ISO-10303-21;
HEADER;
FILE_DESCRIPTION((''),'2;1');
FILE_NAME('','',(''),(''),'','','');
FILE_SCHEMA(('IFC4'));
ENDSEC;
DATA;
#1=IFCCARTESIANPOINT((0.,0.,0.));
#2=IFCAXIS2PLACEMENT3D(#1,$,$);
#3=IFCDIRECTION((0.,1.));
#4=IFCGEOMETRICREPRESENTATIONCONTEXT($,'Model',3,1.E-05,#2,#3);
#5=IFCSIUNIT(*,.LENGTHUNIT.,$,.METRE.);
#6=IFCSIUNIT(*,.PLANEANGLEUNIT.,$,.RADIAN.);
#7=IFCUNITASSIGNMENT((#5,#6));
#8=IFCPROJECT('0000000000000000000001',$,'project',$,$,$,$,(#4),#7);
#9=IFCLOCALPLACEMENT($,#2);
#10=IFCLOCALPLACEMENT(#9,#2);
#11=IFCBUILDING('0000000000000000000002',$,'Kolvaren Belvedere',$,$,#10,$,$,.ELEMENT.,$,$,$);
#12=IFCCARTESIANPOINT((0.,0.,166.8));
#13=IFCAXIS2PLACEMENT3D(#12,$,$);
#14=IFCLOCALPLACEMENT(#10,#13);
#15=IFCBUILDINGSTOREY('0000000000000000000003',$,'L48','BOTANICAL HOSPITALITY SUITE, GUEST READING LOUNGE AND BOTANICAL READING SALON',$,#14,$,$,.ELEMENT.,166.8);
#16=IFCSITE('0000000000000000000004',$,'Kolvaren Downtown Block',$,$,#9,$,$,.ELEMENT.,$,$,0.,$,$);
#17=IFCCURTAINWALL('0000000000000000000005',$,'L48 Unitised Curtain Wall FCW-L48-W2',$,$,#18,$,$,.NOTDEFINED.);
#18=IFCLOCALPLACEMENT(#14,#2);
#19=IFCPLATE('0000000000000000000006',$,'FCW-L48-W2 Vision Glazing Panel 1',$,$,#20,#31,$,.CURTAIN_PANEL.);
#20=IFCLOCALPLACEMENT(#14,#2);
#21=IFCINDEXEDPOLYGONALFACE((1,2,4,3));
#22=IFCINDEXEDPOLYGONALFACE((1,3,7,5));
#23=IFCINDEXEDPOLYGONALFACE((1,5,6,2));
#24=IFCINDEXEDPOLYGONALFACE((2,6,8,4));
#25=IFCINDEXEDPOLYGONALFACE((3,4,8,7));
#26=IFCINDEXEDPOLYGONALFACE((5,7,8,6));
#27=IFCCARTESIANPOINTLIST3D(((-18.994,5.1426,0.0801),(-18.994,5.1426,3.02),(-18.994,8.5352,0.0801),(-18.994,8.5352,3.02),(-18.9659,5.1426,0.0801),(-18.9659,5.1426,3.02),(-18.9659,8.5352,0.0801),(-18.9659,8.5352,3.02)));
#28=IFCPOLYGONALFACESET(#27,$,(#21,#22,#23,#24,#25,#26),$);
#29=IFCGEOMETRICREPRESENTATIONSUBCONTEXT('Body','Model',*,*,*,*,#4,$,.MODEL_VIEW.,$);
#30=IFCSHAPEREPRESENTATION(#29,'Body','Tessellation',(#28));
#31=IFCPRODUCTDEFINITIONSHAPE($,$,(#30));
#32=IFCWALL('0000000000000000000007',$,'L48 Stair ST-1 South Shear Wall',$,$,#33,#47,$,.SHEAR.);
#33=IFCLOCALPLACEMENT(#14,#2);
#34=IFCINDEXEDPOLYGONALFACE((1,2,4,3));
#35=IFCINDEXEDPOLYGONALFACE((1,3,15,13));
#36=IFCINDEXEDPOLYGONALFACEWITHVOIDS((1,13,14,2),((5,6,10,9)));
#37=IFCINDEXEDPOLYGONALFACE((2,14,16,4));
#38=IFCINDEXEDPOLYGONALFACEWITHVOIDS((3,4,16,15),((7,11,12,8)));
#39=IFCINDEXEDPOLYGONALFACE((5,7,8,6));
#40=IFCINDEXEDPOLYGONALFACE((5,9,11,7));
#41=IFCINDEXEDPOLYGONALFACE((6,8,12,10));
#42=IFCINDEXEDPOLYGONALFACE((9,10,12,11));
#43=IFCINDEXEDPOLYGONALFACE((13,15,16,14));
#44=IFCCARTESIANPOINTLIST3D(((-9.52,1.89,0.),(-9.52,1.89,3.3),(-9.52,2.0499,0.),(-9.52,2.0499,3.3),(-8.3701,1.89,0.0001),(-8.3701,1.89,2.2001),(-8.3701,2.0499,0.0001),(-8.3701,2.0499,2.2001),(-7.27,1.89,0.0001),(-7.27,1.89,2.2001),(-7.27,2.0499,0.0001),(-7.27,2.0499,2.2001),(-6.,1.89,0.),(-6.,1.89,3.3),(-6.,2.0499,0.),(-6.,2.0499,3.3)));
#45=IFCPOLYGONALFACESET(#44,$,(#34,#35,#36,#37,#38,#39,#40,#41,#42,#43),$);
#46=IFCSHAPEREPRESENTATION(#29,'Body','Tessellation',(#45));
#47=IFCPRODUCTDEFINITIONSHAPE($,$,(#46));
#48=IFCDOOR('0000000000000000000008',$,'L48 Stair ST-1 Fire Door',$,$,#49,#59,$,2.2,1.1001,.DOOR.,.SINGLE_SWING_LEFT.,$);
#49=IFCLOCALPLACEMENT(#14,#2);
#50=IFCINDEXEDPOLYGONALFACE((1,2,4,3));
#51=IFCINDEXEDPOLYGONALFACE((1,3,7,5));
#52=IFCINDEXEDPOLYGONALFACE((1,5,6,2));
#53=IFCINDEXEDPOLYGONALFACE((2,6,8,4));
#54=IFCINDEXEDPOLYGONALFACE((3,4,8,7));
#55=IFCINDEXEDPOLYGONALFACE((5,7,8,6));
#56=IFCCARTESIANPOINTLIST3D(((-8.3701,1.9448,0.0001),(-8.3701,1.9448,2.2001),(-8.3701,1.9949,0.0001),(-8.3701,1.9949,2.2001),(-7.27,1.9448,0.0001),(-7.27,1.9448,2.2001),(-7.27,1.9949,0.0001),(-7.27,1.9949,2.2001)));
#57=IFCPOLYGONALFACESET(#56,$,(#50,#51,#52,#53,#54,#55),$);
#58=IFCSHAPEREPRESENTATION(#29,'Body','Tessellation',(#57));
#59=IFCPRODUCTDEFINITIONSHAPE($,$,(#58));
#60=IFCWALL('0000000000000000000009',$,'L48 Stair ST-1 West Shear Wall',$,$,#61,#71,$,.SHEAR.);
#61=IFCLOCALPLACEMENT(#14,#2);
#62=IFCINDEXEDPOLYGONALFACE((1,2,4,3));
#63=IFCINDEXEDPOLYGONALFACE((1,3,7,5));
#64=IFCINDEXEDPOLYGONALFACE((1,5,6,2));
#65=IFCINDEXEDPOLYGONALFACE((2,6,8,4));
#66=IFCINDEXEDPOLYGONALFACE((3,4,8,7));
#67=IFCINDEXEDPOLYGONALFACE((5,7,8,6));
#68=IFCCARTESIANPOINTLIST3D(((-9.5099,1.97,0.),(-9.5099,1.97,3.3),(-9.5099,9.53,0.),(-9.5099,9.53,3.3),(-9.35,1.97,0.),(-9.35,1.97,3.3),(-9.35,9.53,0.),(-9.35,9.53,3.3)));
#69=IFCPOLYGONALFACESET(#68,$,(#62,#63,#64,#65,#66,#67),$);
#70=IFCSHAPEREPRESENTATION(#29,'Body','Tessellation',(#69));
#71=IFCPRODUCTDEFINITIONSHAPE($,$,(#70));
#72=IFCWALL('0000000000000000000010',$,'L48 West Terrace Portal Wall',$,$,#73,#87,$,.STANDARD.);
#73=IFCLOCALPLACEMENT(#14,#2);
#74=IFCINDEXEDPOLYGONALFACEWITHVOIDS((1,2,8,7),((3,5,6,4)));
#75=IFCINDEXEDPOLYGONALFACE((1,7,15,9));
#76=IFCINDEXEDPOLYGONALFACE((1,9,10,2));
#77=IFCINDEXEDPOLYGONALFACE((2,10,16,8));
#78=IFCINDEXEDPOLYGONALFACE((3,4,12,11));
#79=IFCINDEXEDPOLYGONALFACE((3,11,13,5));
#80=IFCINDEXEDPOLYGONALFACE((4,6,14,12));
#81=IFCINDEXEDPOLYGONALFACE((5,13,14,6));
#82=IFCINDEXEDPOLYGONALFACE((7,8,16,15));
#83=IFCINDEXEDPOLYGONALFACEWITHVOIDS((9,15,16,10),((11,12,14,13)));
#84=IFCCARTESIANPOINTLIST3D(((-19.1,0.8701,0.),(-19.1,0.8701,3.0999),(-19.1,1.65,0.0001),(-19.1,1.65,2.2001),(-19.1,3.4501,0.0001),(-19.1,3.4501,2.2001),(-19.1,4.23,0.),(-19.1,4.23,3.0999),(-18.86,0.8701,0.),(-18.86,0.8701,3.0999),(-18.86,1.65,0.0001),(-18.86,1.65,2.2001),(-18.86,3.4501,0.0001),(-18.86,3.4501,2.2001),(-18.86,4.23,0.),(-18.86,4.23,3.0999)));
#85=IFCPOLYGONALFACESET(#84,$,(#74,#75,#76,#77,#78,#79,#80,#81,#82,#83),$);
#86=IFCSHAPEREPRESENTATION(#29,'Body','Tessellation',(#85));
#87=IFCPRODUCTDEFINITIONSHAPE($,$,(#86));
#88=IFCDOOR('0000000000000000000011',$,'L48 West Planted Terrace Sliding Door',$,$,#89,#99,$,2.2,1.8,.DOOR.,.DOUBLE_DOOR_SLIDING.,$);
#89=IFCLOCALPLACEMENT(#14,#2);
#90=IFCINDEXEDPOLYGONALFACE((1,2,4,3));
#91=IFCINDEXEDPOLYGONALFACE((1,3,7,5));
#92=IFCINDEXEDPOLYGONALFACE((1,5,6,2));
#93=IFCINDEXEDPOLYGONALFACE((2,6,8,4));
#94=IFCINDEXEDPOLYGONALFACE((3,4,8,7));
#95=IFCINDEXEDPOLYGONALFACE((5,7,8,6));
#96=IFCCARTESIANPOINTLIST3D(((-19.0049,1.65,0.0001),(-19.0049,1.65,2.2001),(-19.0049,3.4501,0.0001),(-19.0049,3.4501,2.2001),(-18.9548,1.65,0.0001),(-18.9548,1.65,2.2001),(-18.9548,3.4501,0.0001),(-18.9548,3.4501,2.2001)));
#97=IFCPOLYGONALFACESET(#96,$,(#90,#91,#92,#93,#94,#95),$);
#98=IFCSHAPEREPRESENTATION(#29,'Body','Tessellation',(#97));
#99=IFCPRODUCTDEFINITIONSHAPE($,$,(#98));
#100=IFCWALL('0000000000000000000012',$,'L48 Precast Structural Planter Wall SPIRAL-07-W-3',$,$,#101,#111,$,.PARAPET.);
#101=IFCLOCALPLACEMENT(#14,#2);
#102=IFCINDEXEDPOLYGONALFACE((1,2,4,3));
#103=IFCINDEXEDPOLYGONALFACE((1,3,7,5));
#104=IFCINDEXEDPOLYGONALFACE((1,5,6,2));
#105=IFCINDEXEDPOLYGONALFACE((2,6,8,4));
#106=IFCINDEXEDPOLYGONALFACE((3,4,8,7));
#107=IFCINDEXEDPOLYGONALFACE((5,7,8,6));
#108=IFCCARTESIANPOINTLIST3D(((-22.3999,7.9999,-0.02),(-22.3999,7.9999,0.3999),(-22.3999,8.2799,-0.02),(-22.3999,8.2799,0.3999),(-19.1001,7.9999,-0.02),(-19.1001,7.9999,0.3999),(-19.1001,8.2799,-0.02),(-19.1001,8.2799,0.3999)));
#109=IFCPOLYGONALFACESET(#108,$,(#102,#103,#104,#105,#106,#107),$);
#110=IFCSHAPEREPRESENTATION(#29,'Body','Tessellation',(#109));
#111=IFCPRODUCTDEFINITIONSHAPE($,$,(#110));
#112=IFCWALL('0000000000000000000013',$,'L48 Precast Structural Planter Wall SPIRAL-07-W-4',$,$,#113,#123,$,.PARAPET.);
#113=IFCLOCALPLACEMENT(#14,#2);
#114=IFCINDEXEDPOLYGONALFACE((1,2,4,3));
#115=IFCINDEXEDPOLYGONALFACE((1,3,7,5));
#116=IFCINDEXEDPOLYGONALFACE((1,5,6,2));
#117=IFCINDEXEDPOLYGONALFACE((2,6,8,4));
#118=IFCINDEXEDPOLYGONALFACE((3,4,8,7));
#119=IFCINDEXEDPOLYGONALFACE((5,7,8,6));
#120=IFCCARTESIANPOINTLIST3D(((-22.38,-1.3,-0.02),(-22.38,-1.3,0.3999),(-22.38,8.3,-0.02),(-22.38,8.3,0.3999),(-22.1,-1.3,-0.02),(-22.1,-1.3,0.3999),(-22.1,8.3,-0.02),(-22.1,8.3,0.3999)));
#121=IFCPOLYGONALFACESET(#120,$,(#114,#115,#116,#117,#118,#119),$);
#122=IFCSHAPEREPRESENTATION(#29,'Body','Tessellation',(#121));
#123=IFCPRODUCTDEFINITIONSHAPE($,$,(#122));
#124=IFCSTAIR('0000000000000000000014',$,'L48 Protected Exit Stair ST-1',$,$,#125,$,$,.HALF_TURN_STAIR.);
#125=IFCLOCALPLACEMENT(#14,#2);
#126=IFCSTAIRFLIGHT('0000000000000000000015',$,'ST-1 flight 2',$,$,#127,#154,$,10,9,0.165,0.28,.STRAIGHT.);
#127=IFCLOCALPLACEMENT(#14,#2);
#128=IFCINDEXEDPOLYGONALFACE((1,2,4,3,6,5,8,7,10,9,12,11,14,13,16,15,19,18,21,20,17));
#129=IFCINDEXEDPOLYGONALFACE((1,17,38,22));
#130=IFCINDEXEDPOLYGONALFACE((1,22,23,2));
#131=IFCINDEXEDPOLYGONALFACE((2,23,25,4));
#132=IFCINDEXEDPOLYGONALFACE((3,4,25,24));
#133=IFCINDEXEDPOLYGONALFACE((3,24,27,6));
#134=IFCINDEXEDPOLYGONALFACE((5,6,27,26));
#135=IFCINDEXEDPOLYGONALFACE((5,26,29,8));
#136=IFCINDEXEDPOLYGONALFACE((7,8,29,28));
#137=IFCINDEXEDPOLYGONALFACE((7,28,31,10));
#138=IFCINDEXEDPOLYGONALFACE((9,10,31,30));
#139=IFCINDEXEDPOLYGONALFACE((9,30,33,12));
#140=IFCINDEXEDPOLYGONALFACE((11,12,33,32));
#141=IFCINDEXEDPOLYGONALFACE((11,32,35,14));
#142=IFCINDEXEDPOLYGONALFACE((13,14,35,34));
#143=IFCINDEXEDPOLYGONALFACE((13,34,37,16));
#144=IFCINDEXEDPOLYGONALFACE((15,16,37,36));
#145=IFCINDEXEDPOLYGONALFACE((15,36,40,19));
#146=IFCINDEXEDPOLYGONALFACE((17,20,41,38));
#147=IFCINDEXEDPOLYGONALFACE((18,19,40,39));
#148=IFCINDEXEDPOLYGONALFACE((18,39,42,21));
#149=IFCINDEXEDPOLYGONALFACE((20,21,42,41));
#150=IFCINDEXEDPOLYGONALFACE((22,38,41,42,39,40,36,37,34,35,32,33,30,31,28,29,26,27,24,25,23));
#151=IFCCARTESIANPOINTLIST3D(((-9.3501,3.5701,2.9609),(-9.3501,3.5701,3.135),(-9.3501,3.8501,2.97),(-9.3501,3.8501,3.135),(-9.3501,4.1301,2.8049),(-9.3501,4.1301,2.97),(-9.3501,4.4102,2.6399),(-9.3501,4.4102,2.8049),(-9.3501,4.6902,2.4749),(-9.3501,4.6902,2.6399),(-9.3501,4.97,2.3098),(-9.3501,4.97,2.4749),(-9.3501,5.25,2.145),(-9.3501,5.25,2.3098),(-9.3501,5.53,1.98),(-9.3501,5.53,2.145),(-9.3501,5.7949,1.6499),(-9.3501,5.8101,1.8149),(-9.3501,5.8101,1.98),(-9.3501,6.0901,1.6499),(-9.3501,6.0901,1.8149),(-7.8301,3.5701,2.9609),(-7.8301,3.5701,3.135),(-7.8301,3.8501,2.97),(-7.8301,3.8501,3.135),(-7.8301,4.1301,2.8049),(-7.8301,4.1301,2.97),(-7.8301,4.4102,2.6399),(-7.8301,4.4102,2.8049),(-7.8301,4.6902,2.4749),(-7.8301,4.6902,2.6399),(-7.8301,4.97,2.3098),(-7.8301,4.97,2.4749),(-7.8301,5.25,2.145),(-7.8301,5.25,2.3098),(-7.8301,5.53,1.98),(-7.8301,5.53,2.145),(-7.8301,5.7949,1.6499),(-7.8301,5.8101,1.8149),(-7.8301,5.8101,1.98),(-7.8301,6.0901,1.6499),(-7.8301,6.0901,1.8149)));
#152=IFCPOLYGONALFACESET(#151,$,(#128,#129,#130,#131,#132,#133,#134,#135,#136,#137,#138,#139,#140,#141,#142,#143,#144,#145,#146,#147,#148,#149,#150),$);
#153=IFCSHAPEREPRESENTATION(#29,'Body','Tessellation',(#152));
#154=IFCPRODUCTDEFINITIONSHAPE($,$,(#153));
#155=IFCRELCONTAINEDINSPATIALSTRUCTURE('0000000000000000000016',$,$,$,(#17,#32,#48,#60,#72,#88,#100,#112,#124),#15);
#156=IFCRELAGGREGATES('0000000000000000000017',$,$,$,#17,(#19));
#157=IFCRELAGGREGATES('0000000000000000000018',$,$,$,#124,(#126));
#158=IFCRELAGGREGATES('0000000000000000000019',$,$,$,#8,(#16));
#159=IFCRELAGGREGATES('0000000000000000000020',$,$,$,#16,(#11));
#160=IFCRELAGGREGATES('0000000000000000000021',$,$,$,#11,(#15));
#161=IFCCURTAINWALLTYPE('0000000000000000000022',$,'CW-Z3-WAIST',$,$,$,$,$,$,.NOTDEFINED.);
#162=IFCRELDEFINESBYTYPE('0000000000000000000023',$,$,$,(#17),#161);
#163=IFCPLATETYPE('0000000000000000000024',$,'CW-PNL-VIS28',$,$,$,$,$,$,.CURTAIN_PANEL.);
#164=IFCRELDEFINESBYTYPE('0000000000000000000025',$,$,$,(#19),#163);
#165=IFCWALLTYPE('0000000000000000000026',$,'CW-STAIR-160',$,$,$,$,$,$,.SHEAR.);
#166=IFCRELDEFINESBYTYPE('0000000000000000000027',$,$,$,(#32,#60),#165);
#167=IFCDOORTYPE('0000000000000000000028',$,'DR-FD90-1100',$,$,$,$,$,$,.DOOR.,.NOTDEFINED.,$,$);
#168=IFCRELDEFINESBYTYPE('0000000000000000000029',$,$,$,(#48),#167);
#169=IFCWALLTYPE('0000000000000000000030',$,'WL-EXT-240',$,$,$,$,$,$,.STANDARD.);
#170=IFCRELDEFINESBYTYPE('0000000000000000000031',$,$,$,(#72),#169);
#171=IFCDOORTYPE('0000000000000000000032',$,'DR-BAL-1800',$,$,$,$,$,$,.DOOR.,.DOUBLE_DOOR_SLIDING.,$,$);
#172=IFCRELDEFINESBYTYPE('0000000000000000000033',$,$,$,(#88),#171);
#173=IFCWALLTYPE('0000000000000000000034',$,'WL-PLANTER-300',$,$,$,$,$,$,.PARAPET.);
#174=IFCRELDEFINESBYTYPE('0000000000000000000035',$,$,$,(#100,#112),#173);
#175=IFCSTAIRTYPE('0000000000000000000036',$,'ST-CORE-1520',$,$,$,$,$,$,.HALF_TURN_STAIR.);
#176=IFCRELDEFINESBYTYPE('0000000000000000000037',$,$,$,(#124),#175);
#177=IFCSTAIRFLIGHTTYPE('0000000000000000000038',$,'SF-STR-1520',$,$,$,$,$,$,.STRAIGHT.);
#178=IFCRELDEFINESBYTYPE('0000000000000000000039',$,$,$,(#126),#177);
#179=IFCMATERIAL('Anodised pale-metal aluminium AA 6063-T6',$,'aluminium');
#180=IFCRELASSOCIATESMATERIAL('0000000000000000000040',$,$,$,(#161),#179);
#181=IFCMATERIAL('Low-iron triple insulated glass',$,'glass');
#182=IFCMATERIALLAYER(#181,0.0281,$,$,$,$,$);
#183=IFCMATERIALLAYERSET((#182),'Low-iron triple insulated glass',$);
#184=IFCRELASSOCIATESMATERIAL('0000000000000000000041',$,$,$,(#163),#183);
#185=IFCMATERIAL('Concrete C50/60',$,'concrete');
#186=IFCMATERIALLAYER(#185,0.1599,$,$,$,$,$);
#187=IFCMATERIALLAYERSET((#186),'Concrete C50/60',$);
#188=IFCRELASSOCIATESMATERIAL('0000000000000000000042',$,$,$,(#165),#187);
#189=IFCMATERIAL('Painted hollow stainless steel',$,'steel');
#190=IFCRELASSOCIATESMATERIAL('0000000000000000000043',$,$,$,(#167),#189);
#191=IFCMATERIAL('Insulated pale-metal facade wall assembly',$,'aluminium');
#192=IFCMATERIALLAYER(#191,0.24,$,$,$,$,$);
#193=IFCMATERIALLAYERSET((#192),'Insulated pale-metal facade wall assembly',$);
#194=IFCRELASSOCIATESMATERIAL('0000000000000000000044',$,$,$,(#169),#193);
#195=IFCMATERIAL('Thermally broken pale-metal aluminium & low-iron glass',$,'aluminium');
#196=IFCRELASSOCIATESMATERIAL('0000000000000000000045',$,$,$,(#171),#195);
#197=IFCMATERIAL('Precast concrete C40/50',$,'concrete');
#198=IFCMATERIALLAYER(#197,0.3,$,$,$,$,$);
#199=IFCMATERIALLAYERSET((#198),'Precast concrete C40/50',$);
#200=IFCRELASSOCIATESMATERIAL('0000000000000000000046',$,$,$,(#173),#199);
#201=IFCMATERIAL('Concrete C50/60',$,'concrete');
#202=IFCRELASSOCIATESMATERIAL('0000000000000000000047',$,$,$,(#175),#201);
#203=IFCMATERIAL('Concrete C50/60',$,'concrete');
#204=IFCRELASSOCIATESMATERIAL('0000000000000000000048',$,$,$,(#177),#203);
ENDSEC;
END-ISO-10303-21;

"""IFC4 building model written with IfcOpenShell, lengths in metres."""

from ifc_helpers import new_model, si_unit, direction, frame, frame_2d, origin, origin_2d, place, context, subcontext, project, spatial, polyline, rectangle, outline, extrude, material, layer, layer_set, type_object, element, fill, aggregate, save


model = new_model("IFC4")

# Units and contexts
model_context = context("Model", 3, precision=1e-05, world=origin(), true_north=direction((0.0, 1.0)))
body_context = subcontext(model_context, "Body", "Model", "MODEL_VIEW")
ifc_project = project(units=[si_unit("LENGTHUNIT", "METRE"), si_unit("PLANEANGLEUNIT", "RADIAN")], contexts=[model_context])

# Site, building, storey
site_placement = place(None, origin())
site = spatial("IfcSite", under=ifc_project, at=site_placement, Name="Kolvaren Downtown Block", CompositionType="ELEMENT", RefElevation=0.0)
building_placement = place(site_placement, origin())
building = spatial("IfcBuilding", under=site, at=building_placement, Name="Kolvaren Belvedere", CompositionType="ELEMENT")
storey_placement = place(building_placement, frame((0.0, 0.0, 166.8)))
storey = spatial("IfcBuildingStorey", under=building, at=storey_placement, Name="L48", Description="BOTANICAL HOSPITALITY SUITE, GUEST READING LOUNGE AND BOTANICAL READING SALON", CompositionType="ELEMENT", Elevation=166.8)

# Shared definitions
ifc_material_1 = material(Name="Anodised pale-metal aluminium AA 6063-T6", Category="aluminium")
curtain_wall_type = type_object("IfcCurtainWallType", Name="CW-Z3-WAIST", PredefinedType="NOTDEFINED", material=ifc_material_1)

# Curtain wall
curtain_wall_1_placement = place(storey_placement, origin())
curtain_wall_1 = element("IfcCurtainWall", 1, at=curtain_wall_1_placement, inside=storey, type_object=curtain_wall_type, Name="L48 Unitised Curtain Wall FCW-L48-W2", PredefinedType="NOTDEFINED")

# Plate
ifc_material_2 = material(Name="Low-iron triple insulated glass", Category="glass")
ifc_layer_1 = layer(ifc_material_2, 0.0281)
ifc_layer_set_1 = layer_set([ifc_layer_1], Name="Low-iron triple insulated glass")
plate_type = type_object("IfcPlateType", Name="CW-PNL-VIS28", PredefinedType="CURTAIN_PANEL", material=ifc_layer_set_1)
plate_placement = place(storey_placement, frame((-18.98, 6.8389, 0.0801), z_axis=(0.0, 0.0, 1.0), x_axis=(0.0, 1.0, 0.0)))
plate = element("IfcPlate", 2, at=plate_placement, type_object=plate_type, Name="FCW-L48-W2 Vision Glazing Panel 1", PredefinedType="CURTAIN_PANEL", context=body_context, shape_type="SweptSolid", body=[
    extrude(rectangle(XDim=3.3926, YDim=0.0281, at=origin_2d()), origin(), (0.0, 0.0, 1.0), 2.9399),
])
aggregate(curtain_wall_1, [plate])

# Wall, opening, door
ifc_material_3 = material(Name="Concrete C50/60", Category="concrete")
ifc_layer_2 = layer(ifc_material_3, 0.1599)
ifc_layer_set_2 = layer_set([ifc_layer_2], Name="Concrete C50/60")
wall_type_1 = type_object("IfcWallType", Name="CW-STAIR-160", PredefinedType="SHEAR", material=ifc_layer_set_2)
wall_1_placement = place(storey_placement, frame((-9.52, 1.97, 0.0), z_axis=(0.0, 0.0, 1.0), x_axis=(1.0, 0.0, 0.0)))
wall_1 = element("IfcWall", 3, at=wall_1_placement, inside=storey, type_object=wall_type_1, Name="L48 Stair ST-1 South Shear Wall", PredefinedType="SHEAR", context=body_context, shape_type="SweptSolid", body=[
    extrude(rectangle(XDim=3.52, YDim=0.1599, at=frame_2d((1.76, 0.0))), origin(), (0.0, 0.0, 1.0), 3.3),
])
opening_1_placement = place(wall_1_placement, frame((1.1499, 0.0, 0.0)))
opening_1 = element("IfcOpeningElement", 4, at=opening_1_placement, cuts=wall_1, PredefinedType="OPENING", context=body_context, shape_type="SweptSolid", body=[
    extrude(rectangle(XDim=1.1001, YDim=2.2, at=frame_2d((0.55, 1.1001))), frame((0.0, 0.0898, 0.0), z_axis=(0.0, -1.0, 0.0), x_axis=(1.0, 0.0, 0.0)), (0.0, 0.0, 1.0), 0.1799),
])
ifc_material_4 = material(Name="Painted hollow stainless steel", Category="steel")
door_type_1 = type_object("IfcDoorType", Name="DR-FD90-1100", OperationType="NOTDEFINED", PredefinedType="DOOR", material=ifc_material_4)
door_1_placement = place(opening_1_placement, origin())
door_1 = element("IfcDoor", 5, at=door_1_placement, inside=storey, type_object=door_type_1, Name="L48 Stair ST-1 Fire Door", OperationType="SINGLE_SWING_LEFT", OverallHeight=2.2, OverallWidth=1.1001, PredefinedType="DOOR", context=body_context, shape_type="SweptSolid", body=[
    extrude(rectangle(XDim=1.1001, YDim=2.2, at=frame_2d((0.55, 1.1001))), frame((0.0, 0.0249, 0.0), z_axis=(0.0, -1.0, 0.0), x_axis=(1.0, 0.0, 0.0)), (0.0, 0.0, 1.0), 0.05),
])
fill(opening_1, door_1)

# Wall
wall_2_placement = place(storey_placement, frame((-9.4299, 1.97, 0.0), z_axis=(0.0, 0.0, 1.0), x_axis=(0.0, 1.0, 0.0)))
element("IfcWall", 6, at=wall_2_placement, inside=storey, type_object=wall_type_1, Name="L48 Stair ST-1 West Shear Wall", PredefinedType="SHEAR", context=body_context, shape_type="SweptSolid", body=[
    extrude(rectangle(XDim=7.5601, YDim=0.1599, at=frame_2d((3.78, 0.0))), origin(), (0.0, 0.0, 1.0), 3.3),
])

# Wall, opening, door
ifc_material_5 = material(Name="Insulated pale-metal facade wall assembly", Category="aluminium")
ifc_layer_3 = layer(ifc_material_5, 0.24)
ifc_layer_set_3 = layer_set([ifc_layer_3], Name="Insulated pale-metal facade wall assembly")
wall_type_2 = type_object("IfcWallType", Name="WL-EXT-240", PredefinedType="STANDARD", material=ifc_layer_set_3)
wall_3_placement = place(storey_placement, frame((-18.98, 0.8701, 0.0), z_axis=(0.0, 0.0, 1.0), x_axis=(0.0, 1.0, 0.0)))
wall_3 = element("IfcWall", 7, at=wall_3_placement, inside=storey, type_object=wall_type_2, Name="L48 West Terrace Portal Wall", PredefinedType="STANDARD", context=body_context, shape_type="SweptSolid", body=[
    extrude(rectangle(XDim=3.3599, YDim=0.24, at=frame_2d((1.6799, 0.0))), origin(), (0.0, 0.0, 1.0), 3.0999),
])
opening_2_placement = place(wall_3_placement, frame((0.78, 0.0, 0.0)))
opening_2 = element("IfcOpeningElement", 8, at=opening_2_placement, cuts=wall_3, PredefinedType="OPENING", context=body_context, shape_type="SweptSolid", body=[
    extrude(rectangle(XDim=1.8, YDim=2.2, at=frame_2d((0.8999, 1.1001))), frame((0.0, 0.1299, 0.0), z_axis=(0.0, -1.0, 0.0), x_axis=(1.0, 0.0, 0.0)), (0.0, 0.0, 1.0), 0.26),
])
ifc_material_6 = material(Name="Thermally broken pale-metal aluminium & low-iron glass", Category="aluminium")
door_type_2 = type_object("IfcDoorType", Name="DR-BAL-1800", OperationType="DOUBLE_DOOR_SLIDING", PredefinedType="DOOR", material=ifc_material_6)
door_2_placement = place(opening_2_placement, origin())
door_2 = element("IfcDoor", 9, at=door_2_placement, inside=storey, type_object=door_type_2, Name="L48 West Planted Terrace Sliding Door", OperationType="DOUBLE_DOOR_SLIDING", OverallHeight=2.2, OverallWidth=1.8, PredefinedType="DOOR", context=body_context, shape_type="SweptSolid", body=[
    extrude(rectangle(XDim=1.8, YDim=2.2, at=frame_2d((0.8999, 1.1001))), frame((0.0, 0.0249, 0.0), z_axis=(0.0, -1.0, 0.0), x_axis=(1.0, 0.0, 0.0)), (0.0, 0.0, 1.0), 0.05),
])
fill(opening_2, door_2)

# Walls
ifc_material_7 = material(Name="Precast concrete C40/50", Category="concrete")
ifc_layer_4 = layer(ifc_material_7, 0.3)
ifc_layer_set_4 = layer_set([ifc_layer_4], Name="Precast concrete C40/50")
wall_type_3 = type_object("IfcWallType", Name="WL-PLANTER-300", PredefinedType="PARAPET", material=ifc_layer_set_4)
wall_4_placement = place(storey_placement, frame((-19.1001, 8.1399, -0.02), z_axis=(0.0, 0.0, 1.0), x_axis=(-1.0, 0.0, 0.0)))
element("IfcWall", 10, at=wall_4_placement, inside=storey, type_object=wall_type_3, Name="L48 Precast Structural Planter Wall SPIRAL-07-W-3", PredefinedType="PARAPET", context=body_context, shape_type="SweptSolid", body=[
    extrude(rectangle(XDim=3.2998, YDim=0.28, at=frame_2d((1.6499, 0.0))), origin(), (0.0, 0.0, 1.0), 0.4199),
])
wall_5_placement = place(storey_placement, frame((-22.24, 8.3, -0.02), z_axis=(0.0, 0.0, 1.0), x_axis=(0.0, -1.0, 0.0)))
element("IfcWall", 11, at=wall_5_placement, inside=storey, type_object=wall_type_3, Name="L48 Precast Structural Planter Wall SPIRAL-07-W-4", PredefinedType="PARAPET", context=body_context, shape_type="SweptSolid", body=[
    extrude(rectangle(XDim=9.6001, YDim=0.28, at=frame_2d((4.8, 0.0))), origin(), (0.0, 0.0, 1.0), 0.4199),
])

# Stair, stair flight
ifc_material_8 = material(Name="Concrete C50/60", Category="concrete")
stair_type = type_object("IfcStairType", Name="ST-CORE-1520", PredefinedType="HALF_TURN_STAIR", material=ifc_material_8)
stair_placement = place(storey_placement, origin())
stair = element("IfcStair", 12, at=stair_placement, inside=storey, type_object=stair_type, Name="L48 Protected Exit Stair ST-1", PredefinedType="HALF_TURN_STAIR")
ifc_material_9 = material(Name="Concrete C50/60", Category="concrete")
stair_flight_type = type_object("IfcStairFlightType", Name="SF-STR-1520", PredefinedType="STRAIGHT", material=ifc_material_9)
stair_flight_placement = place(storey_placement, frame((-8.5901, 6.0901, 1.6499), z_axis=(0.0, 0.0, 1.0), x_axis=(0.0, -1.0, 0.0)))
stair_flight = element("IfcStairFlight", 13, at=stair_flight_placement, type_object=stair_flight_type, Name="ST-1 flight 2", NumberOfRisers=10, NumberOfTreads=9, PredefinedType="STRAIGHT", RiserHeight=0.165, TreadLength=0.28, context=body_context, shape_type="SweptSolid", body=[
    extrude(outline(polyline([(0.0, 0.0), (0.0, 0.165), (0.28, 0.165), (0.28, 0.3301), (0.5601, 0.3301), (0.5601, 0.4951), (0.8401, 0.4951), (0.8401, 0.6599), (1.1201, 0.6599), (1.1201, 0.825), (1.3999, 0.825), (1.3999, 0.99), (1.6799, 0.99), (1.6799, 1.155), (1.96, 1.155), (1.96, 1.3201), (2.24, 1.3201), (2.24, 1.4851), (2.52, 1.4851), (2.52, 1.6499), (2.52, 1.311), (0.2952, 0.0), (0.0, 0.0)])), frame((0.0, 0.76, 0.0), z_axis=(0.0, -1.0, 0.0), x_axis=(1.0, 0.0, 0.0)), (0.0, 0.0, 1.0), 1.52),
])
aggregate(stair, [stair_flight])

save(model, "model.ifc")
